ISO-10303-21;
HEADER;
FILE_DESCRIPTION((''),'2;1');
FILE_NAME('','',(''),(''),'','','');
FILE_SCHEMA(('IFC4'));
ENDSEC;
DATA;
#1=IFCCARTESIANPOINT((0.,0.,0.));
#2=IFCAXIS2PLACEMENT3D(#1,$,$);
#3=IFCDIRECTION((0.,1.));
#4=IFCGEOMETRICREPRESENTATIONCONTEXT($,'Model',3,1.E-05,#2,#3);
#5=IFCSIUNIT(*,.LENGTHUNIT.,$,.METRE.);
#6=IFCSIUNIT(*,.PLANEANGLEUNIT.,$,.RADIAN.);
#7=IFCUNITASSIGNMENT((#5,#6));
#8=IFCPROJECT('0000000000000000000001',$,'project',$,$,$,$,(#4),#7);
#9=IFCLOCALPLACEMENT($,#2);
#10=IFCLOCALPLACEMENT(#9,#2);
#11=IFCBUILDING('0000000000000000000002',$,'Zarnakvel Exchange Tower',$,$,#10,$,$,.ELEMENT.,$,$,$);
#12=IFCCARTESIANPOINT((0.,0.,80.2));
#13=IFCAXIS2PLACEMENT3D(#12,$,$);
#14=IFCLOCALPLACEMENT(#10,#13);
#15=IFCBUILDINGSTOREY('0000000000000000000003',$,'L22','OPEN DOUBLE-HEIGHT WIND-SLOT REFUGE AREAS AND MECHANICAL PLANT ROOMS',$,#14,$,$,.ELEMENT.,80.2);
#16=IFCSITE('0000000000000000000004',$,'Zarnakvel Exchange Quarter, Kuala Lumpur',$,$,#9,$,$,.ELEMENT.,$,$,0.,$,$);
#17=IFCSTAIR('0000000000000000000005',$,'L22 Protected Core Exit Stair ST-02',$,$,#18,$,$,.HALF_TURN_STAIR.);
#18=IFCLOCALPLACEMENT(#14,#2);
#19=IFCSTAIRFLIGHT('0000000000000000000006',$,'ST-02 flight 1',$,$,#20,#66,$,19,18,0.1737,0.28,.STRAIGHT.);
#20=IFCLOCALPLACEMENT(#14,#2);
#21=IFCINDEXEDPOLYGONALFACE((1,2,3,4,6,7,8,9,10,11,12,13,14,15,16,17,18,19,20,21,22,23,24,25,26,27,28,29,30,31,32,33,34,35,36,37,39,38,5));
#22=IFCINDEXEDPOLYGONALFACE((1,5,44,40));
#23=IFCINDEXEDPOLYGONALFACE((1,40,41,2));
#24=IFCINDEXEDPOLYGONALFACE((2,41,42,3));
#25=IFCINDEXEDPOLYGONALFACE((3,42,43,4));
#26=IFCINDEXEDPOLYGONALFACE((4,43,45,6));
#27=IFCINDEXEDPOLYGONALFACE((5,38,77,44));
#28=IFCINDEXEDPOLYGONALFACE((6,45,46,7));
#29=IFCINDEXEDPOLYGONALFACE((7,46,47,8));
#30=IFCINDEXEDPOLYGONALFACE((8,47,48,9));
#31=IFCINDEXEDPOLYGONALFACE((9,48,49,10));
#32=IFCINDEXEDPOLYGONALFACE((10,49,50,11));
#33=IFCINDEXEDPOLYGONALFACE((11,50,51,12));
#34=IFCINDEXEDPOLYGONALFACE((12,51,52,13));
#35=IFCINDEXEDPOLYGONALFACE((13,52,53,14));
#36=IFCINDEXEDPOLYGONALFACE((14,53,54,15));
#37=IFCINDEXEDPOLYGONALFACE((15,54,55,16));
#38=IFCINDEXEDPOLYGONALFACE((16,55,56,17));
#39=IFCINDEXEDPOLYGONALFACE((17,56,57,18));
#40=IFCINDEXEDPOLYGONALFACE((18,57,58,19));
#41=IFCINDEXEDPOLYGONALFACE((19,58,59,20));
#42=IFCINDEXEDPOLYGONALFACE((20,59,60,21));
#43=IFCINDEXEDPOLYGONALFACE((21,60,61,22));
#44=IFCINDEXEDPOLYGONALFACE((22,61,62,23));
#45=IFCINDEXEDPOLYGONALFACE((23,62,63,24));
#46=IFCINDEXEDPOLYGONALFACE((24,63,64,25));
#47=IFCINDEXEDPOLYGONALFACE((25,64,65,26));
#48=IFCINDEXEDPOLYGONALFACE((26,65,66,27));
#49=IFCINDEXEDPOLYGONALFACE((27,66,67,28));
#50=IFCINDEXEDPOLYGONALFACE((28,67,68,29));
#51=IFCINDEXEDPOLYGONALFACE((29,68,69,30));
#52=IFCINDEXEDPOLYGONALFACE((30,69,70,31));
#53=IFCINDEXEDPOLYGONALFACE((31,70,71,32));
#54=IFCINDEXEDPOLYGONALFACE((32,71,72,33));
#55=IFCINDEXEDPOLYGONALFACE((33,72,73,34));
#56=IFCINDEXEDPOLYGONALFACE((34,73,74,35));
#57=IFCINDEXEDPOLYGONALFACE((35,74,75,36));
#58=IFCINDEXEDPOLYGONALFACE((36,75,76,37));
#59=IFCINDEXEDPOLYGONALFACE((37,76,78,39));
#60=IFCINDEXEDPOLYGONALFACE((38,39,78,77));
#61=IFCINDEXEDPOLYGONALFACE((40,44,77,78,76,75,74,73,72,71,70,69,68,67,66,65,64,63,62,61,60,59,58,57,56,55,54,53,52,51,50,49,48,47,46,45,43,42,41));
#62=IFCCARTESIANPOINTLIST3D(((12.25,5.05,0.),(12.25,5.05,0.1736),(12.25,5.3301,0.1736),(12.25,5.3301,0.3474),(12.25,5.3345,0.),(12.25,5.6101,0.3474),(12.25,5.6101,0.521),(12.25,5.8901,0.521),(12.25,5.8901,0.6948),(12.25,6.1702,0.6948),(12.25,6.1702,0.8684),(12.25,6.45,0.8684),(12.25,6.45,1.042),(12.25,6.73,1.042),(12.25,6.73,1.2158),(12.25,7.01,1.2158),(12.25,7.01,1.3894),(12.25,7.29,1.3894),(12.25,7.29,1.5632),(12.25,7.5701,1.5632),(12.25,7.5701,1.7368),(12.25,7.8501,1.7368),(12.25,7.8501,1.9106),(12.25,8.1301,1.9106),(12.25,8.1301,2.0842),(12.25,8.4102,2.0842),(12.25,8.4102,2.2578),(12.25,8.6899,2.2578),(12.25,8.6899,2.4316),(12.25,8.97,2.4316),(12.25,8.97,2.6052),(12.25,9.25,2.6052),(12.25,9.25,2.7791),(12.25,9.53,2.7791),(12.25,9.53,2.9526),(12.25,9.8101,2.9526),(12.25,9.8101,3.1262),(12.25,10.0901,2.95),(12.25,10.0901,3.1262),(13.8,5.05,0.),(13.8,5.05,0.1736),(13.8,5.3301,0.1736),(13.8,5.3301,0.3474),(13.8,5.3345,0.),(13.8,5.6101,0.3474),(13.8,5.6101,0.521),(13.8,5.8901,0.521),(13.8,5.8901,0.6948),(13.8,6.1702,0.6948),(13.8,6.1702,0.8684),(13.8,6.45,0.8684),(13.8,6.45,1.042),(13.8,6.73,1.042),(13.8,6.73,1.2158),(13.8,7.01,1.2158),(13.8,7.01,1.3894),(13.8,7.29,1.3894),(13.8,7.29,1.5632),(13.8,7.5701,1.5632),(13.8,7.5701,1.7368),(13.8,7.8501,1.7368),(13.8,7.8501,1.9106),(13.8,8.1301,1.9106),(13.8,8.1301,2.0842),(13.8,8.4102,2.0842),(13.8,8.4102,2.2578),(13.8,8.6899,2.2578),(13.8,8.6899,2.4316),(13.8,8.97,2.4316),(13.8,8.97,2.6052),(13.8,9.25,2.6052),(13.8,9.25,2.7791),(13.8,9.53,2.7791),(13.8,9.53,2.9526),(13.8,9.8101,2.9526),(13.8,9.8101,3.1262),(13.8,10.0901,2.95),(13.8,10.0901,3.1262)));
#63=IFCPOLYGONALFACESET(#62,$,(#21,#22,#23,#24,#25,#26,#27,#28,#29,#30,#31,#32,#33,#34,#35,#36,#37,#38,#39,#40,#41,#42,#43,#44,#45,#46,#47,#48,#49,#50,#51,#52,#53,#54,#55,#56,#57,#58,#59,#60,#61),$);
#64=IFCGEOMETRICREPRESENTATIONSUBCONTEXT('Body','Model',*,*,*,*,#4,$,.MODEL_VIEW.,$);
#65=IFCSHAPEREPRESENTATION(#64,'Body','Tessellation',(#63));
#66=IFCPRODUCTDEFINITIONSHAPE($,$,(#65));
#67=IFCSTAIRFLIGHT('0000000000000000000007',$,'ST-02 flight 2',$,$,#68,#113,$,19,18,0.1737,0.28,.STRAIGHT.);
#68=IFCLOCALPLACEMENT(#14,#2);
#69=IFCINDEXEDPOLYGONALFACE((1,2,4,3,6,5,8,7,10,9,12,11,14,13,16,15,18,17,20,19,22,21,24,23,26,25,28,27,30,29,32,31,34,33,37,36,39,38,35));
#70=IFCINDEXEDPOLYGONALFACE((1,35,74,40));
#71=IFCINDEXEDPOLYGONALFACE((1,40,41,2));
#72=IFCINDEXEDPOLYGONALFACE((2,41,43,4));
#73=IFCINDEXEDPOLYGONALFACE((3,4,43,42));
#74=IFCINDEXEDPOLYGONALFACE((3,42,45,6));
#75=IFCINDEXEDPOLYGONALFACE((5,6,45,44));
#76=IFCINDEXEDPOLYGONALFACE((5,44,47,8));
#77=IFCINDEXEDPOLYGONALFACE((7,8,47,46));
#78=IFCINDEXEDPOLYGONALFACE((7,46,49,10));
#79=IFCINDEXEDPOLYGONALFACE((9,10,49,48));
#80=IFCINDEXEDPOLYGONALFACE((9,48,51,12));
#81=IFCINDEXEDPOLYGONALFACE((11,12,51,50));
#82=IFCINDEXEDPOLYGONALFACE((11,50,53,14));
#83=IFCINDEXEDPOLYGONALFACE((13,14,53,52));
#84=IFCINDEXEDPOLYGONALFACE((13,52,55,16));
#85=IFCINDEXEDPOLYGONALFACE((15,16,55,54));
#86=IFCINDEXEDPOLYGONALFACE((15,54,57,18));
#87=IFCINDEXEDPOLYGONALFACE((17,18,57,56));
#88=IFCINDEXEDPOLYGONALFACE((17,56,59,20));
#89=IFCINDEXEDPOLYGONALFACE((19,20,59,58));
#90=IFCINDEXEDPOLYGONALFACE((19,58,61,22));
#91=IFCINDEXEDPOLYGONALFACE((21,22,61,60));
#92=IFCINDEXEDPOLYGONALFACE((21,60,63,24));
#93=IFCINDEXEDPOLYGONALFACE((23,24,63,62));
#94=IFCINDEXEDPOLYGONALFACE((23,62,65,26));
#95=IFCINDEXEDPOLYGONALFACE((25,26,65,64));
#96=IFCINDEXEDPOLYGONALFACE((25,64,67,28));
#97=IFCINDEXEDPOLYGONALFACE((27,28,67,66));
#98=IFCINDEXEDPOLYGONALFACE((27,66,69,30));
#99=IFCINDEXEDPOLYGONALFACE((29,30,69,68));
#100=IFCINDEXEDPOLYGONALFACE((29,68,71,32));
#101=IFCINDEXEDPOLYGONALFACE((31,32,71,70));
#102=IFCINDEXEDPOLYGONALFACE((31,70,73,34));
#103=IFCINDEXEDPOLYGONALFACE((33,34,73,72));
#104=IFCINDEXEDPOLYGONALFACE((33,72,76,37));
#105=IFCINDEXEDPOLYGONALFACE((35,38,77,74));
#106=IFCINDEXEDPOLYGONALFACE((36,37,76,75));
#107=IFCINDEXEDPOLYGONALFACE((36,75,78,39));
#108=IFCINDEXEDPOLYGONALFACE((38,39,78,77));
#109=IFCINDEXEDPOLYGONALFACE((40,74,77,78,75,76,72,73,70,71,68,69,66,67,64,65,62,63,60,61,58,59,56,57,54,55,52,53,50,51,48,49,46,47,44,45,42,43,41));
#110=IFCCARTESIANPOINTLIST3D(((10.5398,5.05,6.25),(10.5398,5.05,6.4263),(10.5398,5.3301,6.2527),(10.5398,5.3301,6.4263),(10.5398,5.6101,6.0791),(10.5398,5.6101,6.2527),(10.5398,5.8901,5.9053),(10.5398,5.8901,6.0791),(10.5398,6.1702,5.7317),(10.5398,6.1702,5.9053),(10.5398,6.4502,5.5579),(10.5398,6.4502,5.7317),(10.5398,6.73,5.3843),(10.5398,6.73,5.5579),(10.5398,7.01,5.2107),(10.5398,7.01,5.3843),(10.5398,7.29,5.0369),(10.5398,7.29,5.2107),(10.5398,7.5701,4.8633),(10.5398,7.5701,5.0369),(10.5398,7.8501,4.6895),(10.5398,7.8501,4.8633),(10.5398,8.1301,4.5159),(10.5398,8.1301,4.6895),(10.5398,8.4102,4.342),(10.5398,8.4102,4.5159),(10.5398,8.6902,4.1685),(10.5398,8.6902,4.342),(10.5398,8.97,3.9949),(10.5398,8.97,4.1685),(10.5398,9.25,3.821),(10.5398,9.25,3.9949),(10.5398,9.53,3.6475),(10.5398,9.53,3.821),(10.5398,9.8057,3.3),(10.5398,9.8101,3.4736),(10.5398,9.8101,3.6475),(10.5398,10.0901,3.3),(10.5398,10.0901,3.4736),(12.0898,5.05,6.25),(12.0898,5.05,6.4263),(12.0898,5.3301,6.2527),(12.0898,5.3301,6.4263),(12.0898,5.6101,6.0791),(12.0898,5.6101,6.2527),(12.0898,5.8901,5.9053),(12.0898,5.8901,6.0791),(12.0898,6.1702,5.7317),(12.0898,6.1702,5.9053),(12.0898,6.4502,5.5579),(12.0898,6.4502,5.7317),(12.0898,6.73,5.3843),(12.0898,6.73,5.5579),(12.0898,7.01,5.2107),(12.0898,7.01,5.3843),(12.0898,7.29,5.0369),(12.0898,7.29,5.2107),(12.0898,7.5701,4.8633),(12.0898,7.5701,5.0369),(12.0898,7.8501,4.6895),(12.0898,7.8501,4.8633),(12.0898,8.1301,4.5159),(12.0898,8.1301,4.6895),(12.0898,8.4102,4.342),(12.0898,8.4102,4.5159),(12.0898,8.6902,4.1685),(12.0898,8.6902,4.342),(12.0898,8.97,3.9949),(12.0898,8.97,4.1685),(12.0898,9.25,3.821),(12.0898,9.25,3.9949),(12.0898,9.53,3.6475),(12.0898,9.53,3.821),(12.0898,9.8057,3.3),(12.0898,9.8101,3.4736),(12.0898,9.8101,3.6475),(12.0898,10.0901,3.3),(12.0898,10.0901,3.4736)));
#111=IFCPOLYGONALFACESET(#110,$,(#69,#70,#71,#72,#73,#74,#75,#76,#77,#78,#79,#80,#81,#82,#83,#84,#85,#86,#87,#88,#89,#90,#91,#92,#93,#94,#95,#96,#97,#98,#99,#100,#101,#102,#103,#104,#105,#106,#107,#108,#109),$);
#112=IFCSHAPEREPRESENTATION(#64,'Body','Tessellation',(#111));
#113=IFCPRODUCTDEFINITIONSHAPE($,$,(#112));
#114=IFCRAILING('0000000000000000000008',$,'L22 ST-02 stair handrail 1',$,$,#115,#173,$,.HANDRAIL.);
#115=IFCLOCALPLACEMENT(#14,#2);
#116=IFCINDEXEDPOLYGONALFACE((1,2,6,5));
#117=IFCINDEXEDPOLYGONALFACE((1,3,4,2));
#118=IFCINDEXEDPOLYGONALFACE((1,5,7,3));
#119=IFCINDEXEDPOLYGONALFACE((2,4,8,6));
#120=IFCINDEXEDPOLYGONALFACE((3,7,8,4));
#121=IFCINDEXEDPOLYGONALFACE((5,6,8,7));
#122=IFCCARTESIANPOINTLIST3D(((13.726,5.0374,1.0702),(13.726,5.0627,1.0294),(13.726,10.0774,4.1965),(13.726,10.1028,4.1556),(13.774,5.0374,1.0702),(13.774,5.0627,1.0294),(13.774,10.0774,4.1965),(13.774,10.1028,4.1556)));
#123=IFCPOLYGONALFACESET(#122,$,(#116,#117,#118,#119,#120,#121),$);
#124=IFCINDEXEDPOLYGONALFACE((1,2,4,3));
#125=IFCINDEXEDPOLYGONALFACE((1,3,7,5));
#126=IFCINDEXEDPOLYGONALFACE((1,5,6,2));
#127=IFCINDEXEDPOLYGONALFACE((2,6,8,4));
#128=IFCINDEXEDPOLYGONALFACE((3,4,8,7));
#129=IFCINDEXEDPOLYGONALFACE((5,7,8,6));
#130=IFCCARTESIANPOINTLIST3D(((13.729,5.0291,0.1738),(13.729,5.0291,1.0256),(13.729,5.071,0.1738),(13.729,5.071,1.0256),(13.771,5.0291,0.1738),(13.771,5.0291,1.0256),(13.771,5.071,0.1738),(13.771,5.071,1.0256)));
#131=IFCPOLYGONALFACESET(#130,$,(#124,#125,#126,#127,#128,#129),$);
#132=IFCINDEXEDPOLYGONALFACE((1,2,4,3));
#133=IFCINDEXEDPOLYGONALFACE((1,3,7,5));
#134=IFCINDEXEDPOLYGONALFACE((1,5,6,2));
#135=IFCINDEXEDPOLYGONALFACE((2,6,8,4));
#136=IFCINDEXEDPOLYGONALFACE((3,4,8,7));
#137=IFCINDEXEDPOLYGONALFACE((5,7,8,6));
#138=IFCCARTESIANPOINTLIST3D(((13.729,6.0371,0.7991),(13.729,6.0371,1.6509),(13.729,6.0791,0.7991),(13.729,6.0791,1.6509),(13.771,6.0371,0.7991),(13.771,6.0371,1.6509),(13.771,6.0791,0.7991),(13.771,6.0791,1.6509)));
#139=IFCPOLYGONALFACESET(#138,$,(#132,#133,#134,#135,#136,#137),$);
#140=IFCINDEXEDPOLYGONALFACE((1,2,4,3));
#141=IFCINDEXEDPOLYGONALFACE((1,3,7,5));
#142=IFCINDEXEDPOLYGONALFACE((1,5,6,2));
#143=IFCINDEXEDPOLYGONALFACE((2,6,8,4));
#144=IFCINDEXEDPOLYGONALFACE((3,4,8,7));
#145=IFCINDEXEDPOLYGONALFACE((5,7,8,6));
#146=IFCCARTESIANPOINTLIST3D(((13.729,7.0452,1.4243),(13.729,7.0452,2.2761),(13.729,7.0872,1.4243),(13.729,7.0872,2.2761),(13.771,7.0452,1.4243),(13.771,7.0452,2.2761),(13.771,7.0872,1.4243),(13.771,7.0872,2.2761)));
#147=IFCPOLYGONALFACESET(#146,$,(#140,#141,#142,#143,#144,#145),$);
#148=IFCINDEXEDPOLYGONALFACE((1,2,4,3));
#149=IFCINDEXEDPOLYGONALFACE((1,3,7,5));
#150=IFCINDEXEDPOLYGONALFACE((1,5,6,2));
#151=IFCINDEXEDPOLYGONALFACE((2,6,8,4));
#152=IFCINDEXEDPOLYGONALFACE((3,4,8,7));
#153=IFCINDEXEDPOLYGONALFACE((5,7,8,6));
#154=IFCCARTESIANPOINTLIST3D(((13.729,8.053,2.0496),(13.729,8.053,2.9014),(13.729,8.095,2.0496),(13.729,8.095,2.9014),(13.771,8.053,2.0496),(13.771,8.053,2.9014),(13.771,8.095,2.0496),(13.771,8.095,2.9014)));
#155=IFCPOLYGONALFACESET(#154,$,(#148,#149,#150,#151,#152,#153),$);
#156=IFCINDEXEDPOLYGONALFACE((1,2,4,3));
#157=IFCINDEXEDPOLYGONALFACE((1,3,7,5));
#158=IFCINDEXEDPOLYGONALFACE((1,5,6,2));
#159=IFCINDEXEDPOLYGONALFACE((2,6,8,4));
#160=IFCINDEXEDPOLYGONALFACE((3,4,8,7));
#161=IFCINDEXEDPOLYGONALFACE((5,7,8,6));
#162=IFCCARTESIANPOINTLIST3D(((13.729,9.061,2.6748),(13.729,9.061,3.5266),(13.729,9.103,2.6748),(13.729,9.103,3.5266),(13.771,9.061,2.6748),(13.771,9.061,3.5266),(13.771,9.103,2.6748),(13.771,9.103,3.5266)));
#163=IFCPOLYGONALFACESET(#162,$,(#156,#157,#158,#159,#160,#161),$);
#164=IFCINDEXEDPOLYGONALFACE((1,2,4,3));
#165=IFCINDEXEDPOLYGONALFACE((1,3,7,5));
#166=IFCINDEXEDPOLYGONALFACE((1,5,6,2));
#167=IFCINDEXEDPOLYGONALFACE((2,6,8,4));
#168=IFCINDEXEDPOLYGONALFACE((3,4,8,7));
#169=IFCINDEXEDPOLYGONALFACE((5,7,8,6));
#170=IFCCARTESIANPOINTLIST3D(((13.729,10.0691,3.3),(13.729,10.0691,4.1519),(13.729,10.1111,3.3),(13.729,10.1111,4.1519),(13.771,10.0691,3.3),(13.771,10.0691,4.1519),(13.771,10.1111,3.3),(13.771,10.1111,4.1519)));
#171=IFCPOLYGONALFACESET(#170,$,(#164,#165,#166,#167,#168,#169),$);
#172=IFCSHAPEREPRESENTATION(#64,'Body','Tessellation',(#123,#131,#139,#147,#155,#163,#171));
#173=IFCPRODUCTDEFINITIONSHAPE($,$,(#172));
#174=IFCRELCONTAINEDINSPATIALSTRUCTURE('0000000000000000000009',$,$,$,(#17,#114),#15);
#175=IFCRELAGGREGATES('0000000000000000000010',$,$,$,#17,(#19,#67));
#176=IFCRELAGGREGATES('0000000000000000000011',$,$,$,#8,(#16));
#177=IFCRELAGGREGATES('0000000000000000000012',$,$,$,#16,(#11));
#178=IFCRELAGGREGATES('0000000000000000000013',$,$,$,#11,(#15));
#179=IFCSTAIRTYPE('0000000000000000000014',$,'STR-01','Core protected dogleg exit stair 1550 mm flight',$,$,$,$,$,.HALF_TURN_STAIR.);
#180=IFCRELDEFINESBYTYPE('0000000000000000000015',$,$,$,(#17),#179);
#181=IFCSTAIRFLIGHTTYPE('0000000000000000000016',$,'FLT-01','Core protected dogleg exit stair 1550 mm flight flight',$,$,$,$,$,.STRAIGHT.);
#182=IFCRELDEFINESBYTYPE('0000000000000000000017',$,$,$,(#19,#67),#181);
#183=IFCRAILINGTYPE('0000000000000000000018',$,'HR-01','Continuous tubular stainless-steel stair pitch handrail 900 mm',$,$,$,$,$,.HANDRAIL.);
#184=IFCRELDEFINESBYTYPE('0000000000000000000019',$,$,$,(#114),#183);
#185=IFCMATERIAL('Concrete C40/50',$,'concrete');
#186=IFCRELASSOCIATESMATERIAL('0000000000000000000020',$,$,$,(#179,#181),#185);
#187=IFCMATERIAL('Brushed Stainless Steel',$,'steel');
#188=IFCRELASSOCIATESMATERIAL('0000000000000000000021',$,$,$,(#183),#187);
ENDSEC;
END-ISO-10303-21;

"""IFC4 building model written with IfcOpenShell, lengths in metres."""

from ifc_helpers import new_model, si_unit, direction, frame, origin, origin_2d, place, context, subcontext, project, spatial, polyline, rectangle, outline, extrude, material, type_object, element, aggregate, save


model = new_model("IFC4")

# Units and contexts
model_context = context("Model", 3, precision=1e-05, world=origin(), true_north=direction((0.0, 1.0)))
body_context = subcontext(model_context, "Body", "Model", "MODEL_VIEW")
ifc_project = project(units=[si_unit("LENGTHUNIT", "METRE"), si_unit("PLANEANGLEUNIT", "RADIAN")], contexts=[model_context])

# Site, building, storey
site_placement = place(None, origin())
site = spatial("IfcSite", under=ifc_project, at=site_placement, Name="Zarnakvel Exchange Quarter, Kuala Lumpur", CompositionType="ELEMENT", RefElevation=0.0)
building_placement = place(site_placement, origin())
building = spatial("IfcBuilding", under=site, at=building_placement, Name="Zarnakvel Exchange Tower", CompositionType="ELEMENT")
storey_placement = place(building_placement, frame((0.0, 0.0, 80.2)))
storey = spatial("IfcBuildingStorey", under=building, at=storey_placement, Name="L22", Description="OPEN DOUBLE-HEIGHT WIND-SLOT REFUGE AREAS AND MECHANICAL PLANT ROOMS", CompositionType="ELEMENT", Elevation=80.2)

# Shared definitions
ifc_material_1 = material(Name="Concrete C40/50", Category="concrete")
ifc_material_2 = material(Name="Brushed Stainless Steel", Category="steel")

# Stair, stair flights
stair_type = type_object("IfcStairType", Name="STR-01", Description="Core protected dogleg exit stair 1550 mm flight", PredefinedType="HALF_TURN_STAIR", material=ifc_material_1)
stair_placement = place(storey_placement, origin())
stair = element("IfcStair", 1, at=stair_placement, inside=storey, type_object=stair_type, Name="L22 Protected Core Exit Stair ST-02", PredefinedType="HALF_TURN_STAIR")
stair_flight_type = type_object("IfcStairFlightType", Name="FLT-01", Description="Core protected dogleg exit stair 1550 mm flight flight", PredefinedType="STRAIGHT", material=ifc_material_1)
stair_flight_1_placement = place(storey_placement, frame((13.0249, 5.05, 0.0), z_axis=(0.0, 0.0, 1.0), x_axis=(0.0, 1.0, 0.0)))
stair_flight_1 = element("IfcStairFlight", 2, at=stair_flight_1_placement, type_object=stair_flight_type, Name="ST-02 flight 1", NumberOfRisers=19, NumberOfTreads=18, PredefinedType="STRAIGHT", RiserHeight=0.1737, TreadLength=0.28, context=body_context, shape_type="SweptSolid", body=[
    extrude(outline(polyline([(0.0, 0.0), (0.0, 0.1736), (0.28, 0.1736), (0.28, 0.3474), (0.5601, 0.3474), (0.5601, 0.521), (0.8401, 0.521), (0.8401, 0.6948), (1.1201, 0.6948), (1.1201, 0.8684), (1.3999, 0.8684), (1.3999, 1.042), (1.6799, 1.042), (1.6799, 1.2158), (1.96, 1.2158), (1.96, 1.3894), (2.24, 1.3894), (2.24, 1.5632), (2.52, 1.5632), (2.52, 1.7368), (2.8, 1.7368), (2.8, 1.9106), (3.0801, 1.9106), (3.0801, 2.0842), (3.3601, 2.0842), (3.3601, 2.2578), (3.6399, 2.2578), (3.6399, 2.4316), (3.9199, 2.4316), (3.9199, 2.6052), (4.2, 2.6052), (4.2, 2.7791), (4.48, 2.7791), (4.48, 2.9526), (4.76, 2.9526), (4.76, 3.1262), (5.04, 3.1262), (5.04, 3.3), (5.04, 2.95), (0.2844, 0.0), (0.0, 0.0)])), frame((0.0, 0.7749, 0.0), z_axis=(0.0, -1.0, 0.0), x_axis=(1.0, 0.0, 0.0)), (0.0, 0.0, 1.0), 1.55),
])
stair_flight_2_placement = place(storey_placement, frame((11.3149, 10.0901, 3.3), z_axis=(0.0, 0.0, 1.0), x_axis=(0.0, -1.0, 0.0)))
stair_flight_2 = element("IfcStairFlight", 3, at=stair_flight_2_placement, type_object=stair_flight_type, Name="ST-02 flight 2", NumberOfRisers=19, NumberOfTreads=18, PredefinedType="STRAIGHT", RiserHeight=0.1737, TreadLength=0.28, context=body_context, shape_type="SweptSolid", body=[
    extrude(outline(polyline([(0.0, 0.0), (0.0, 0.1736), (0.28, 0.1736), (0.28, 0.3474), (0.5601, 0.3474), (0.5601, 0.521), (0.8401, 0.521), (0.8401, 0.6948), (1.1201, 0.6948), (1.1201, 0.8684), (1.3999, 0.8684), (1.3999, 1.042), (1.6799, 1.042), (1.6799, 1.2158), (1.96, 1.2158), (1.96, 1.3894), (2.24, 1.3894), (2.24, 1.5632), (2.52, 1.5632), (2.52, 1.7368), (2.8, 1.7368), (2.8, 1.9106), (3.0801, 1.9106), (3.0801, 2.0842), (3.3601, 2.0842), (3.3601, 2.2578), (3.6399, 2.2578), (3.6399, 2.4316), (3.9199, 2.4316), (3.9199, 2.6052), (4.2, 2.6052), (4.2, 2.7791), (4.48, 2.7791), (4.48, 2.9526), (4.76, 2.9526), (4.76, 3.1262), (5.04, 3.1262), (5.04, 3.3), (5.04, 2.95), (0.2844, 0.0), (0.0, 0.0)])), frame((0.0, 0.7749, 0.0), z_axis=(0.0, -1.0, 0.0), x_axis=(1.0, 0.0, 0.0)), (0.0, 0.0, 1.0), 1.55),
])
aggregate(stair, [stair_flight_1, stair_flight_2])

# Railing
railing_type_1 = type_object("IfcRailingType", Name="HR-01", Description="Continuous tubular stainless-steel stair pitch handrail 900 mm", PredefinedType="HANDRAIL", material=ifc_material_2)
railing_1_placement = place(storey_placement, frame((13.75, 5.05, 0.1738)))
element("IfcRailing", 4, at=railing_1_placement, inside=storey, type_object=railing_type_1, Name="L22 ST-02 stair handrail 1", PredefinedType="HANDRAIL", context=body_context, shape_type="SweptSolid", body=[
    extrude(rectangle(XDim=0.0481, YDim=0.0481, at=origin_2d()), frame((0.0, 0.0, 0.876), z_axis=(0.0, 0.849797, 0.52711), x_axis=(-1.0, 0.0, 0.0)), (0.0, 0.0, 1.0), 5.9309),
    extrude(rectangle(XDim=0.042, YDim=0.042, at=origin_2d()), origin(), (0.0, 0.0, 1.0), 0.8518),
    extrude(rectangle(XDim=0.042, YDim=0.042, at=origin_2d()), frame((0.0, 1.0081, 0.6252)), (0.0, 0.0, 1.0), 0.8518),
    extrude(rectangle(XDim=0.042, YDim=0.042, at=origin_2d()), frame((0.0, 2.0161, 1.2505)), (0.0, 0.0, 1.0), 0.8518),
    extrude(rectangle(XDim=0.042, YDim=0.042, at=origin_2d()), frame((0.0, 3.0239, 1.8757)), (0.0, 0.0, 1.0), 0.8518),
    extrude(rectangle(XDim=0.042, YDim=0.042, at=origin_2d()), frame((0.0, 4.032, 2.501)), (0.0, 0.0, 1.0), 0.8518),
    extrude(rectangle(XDim=0.042, YDim=0.042, at=origin_2d()), frame((0.0, 5.04, 3.1262)), (0.0, 0.0, 1.0), 0.8518),
])

save(model, "model.ifc")
